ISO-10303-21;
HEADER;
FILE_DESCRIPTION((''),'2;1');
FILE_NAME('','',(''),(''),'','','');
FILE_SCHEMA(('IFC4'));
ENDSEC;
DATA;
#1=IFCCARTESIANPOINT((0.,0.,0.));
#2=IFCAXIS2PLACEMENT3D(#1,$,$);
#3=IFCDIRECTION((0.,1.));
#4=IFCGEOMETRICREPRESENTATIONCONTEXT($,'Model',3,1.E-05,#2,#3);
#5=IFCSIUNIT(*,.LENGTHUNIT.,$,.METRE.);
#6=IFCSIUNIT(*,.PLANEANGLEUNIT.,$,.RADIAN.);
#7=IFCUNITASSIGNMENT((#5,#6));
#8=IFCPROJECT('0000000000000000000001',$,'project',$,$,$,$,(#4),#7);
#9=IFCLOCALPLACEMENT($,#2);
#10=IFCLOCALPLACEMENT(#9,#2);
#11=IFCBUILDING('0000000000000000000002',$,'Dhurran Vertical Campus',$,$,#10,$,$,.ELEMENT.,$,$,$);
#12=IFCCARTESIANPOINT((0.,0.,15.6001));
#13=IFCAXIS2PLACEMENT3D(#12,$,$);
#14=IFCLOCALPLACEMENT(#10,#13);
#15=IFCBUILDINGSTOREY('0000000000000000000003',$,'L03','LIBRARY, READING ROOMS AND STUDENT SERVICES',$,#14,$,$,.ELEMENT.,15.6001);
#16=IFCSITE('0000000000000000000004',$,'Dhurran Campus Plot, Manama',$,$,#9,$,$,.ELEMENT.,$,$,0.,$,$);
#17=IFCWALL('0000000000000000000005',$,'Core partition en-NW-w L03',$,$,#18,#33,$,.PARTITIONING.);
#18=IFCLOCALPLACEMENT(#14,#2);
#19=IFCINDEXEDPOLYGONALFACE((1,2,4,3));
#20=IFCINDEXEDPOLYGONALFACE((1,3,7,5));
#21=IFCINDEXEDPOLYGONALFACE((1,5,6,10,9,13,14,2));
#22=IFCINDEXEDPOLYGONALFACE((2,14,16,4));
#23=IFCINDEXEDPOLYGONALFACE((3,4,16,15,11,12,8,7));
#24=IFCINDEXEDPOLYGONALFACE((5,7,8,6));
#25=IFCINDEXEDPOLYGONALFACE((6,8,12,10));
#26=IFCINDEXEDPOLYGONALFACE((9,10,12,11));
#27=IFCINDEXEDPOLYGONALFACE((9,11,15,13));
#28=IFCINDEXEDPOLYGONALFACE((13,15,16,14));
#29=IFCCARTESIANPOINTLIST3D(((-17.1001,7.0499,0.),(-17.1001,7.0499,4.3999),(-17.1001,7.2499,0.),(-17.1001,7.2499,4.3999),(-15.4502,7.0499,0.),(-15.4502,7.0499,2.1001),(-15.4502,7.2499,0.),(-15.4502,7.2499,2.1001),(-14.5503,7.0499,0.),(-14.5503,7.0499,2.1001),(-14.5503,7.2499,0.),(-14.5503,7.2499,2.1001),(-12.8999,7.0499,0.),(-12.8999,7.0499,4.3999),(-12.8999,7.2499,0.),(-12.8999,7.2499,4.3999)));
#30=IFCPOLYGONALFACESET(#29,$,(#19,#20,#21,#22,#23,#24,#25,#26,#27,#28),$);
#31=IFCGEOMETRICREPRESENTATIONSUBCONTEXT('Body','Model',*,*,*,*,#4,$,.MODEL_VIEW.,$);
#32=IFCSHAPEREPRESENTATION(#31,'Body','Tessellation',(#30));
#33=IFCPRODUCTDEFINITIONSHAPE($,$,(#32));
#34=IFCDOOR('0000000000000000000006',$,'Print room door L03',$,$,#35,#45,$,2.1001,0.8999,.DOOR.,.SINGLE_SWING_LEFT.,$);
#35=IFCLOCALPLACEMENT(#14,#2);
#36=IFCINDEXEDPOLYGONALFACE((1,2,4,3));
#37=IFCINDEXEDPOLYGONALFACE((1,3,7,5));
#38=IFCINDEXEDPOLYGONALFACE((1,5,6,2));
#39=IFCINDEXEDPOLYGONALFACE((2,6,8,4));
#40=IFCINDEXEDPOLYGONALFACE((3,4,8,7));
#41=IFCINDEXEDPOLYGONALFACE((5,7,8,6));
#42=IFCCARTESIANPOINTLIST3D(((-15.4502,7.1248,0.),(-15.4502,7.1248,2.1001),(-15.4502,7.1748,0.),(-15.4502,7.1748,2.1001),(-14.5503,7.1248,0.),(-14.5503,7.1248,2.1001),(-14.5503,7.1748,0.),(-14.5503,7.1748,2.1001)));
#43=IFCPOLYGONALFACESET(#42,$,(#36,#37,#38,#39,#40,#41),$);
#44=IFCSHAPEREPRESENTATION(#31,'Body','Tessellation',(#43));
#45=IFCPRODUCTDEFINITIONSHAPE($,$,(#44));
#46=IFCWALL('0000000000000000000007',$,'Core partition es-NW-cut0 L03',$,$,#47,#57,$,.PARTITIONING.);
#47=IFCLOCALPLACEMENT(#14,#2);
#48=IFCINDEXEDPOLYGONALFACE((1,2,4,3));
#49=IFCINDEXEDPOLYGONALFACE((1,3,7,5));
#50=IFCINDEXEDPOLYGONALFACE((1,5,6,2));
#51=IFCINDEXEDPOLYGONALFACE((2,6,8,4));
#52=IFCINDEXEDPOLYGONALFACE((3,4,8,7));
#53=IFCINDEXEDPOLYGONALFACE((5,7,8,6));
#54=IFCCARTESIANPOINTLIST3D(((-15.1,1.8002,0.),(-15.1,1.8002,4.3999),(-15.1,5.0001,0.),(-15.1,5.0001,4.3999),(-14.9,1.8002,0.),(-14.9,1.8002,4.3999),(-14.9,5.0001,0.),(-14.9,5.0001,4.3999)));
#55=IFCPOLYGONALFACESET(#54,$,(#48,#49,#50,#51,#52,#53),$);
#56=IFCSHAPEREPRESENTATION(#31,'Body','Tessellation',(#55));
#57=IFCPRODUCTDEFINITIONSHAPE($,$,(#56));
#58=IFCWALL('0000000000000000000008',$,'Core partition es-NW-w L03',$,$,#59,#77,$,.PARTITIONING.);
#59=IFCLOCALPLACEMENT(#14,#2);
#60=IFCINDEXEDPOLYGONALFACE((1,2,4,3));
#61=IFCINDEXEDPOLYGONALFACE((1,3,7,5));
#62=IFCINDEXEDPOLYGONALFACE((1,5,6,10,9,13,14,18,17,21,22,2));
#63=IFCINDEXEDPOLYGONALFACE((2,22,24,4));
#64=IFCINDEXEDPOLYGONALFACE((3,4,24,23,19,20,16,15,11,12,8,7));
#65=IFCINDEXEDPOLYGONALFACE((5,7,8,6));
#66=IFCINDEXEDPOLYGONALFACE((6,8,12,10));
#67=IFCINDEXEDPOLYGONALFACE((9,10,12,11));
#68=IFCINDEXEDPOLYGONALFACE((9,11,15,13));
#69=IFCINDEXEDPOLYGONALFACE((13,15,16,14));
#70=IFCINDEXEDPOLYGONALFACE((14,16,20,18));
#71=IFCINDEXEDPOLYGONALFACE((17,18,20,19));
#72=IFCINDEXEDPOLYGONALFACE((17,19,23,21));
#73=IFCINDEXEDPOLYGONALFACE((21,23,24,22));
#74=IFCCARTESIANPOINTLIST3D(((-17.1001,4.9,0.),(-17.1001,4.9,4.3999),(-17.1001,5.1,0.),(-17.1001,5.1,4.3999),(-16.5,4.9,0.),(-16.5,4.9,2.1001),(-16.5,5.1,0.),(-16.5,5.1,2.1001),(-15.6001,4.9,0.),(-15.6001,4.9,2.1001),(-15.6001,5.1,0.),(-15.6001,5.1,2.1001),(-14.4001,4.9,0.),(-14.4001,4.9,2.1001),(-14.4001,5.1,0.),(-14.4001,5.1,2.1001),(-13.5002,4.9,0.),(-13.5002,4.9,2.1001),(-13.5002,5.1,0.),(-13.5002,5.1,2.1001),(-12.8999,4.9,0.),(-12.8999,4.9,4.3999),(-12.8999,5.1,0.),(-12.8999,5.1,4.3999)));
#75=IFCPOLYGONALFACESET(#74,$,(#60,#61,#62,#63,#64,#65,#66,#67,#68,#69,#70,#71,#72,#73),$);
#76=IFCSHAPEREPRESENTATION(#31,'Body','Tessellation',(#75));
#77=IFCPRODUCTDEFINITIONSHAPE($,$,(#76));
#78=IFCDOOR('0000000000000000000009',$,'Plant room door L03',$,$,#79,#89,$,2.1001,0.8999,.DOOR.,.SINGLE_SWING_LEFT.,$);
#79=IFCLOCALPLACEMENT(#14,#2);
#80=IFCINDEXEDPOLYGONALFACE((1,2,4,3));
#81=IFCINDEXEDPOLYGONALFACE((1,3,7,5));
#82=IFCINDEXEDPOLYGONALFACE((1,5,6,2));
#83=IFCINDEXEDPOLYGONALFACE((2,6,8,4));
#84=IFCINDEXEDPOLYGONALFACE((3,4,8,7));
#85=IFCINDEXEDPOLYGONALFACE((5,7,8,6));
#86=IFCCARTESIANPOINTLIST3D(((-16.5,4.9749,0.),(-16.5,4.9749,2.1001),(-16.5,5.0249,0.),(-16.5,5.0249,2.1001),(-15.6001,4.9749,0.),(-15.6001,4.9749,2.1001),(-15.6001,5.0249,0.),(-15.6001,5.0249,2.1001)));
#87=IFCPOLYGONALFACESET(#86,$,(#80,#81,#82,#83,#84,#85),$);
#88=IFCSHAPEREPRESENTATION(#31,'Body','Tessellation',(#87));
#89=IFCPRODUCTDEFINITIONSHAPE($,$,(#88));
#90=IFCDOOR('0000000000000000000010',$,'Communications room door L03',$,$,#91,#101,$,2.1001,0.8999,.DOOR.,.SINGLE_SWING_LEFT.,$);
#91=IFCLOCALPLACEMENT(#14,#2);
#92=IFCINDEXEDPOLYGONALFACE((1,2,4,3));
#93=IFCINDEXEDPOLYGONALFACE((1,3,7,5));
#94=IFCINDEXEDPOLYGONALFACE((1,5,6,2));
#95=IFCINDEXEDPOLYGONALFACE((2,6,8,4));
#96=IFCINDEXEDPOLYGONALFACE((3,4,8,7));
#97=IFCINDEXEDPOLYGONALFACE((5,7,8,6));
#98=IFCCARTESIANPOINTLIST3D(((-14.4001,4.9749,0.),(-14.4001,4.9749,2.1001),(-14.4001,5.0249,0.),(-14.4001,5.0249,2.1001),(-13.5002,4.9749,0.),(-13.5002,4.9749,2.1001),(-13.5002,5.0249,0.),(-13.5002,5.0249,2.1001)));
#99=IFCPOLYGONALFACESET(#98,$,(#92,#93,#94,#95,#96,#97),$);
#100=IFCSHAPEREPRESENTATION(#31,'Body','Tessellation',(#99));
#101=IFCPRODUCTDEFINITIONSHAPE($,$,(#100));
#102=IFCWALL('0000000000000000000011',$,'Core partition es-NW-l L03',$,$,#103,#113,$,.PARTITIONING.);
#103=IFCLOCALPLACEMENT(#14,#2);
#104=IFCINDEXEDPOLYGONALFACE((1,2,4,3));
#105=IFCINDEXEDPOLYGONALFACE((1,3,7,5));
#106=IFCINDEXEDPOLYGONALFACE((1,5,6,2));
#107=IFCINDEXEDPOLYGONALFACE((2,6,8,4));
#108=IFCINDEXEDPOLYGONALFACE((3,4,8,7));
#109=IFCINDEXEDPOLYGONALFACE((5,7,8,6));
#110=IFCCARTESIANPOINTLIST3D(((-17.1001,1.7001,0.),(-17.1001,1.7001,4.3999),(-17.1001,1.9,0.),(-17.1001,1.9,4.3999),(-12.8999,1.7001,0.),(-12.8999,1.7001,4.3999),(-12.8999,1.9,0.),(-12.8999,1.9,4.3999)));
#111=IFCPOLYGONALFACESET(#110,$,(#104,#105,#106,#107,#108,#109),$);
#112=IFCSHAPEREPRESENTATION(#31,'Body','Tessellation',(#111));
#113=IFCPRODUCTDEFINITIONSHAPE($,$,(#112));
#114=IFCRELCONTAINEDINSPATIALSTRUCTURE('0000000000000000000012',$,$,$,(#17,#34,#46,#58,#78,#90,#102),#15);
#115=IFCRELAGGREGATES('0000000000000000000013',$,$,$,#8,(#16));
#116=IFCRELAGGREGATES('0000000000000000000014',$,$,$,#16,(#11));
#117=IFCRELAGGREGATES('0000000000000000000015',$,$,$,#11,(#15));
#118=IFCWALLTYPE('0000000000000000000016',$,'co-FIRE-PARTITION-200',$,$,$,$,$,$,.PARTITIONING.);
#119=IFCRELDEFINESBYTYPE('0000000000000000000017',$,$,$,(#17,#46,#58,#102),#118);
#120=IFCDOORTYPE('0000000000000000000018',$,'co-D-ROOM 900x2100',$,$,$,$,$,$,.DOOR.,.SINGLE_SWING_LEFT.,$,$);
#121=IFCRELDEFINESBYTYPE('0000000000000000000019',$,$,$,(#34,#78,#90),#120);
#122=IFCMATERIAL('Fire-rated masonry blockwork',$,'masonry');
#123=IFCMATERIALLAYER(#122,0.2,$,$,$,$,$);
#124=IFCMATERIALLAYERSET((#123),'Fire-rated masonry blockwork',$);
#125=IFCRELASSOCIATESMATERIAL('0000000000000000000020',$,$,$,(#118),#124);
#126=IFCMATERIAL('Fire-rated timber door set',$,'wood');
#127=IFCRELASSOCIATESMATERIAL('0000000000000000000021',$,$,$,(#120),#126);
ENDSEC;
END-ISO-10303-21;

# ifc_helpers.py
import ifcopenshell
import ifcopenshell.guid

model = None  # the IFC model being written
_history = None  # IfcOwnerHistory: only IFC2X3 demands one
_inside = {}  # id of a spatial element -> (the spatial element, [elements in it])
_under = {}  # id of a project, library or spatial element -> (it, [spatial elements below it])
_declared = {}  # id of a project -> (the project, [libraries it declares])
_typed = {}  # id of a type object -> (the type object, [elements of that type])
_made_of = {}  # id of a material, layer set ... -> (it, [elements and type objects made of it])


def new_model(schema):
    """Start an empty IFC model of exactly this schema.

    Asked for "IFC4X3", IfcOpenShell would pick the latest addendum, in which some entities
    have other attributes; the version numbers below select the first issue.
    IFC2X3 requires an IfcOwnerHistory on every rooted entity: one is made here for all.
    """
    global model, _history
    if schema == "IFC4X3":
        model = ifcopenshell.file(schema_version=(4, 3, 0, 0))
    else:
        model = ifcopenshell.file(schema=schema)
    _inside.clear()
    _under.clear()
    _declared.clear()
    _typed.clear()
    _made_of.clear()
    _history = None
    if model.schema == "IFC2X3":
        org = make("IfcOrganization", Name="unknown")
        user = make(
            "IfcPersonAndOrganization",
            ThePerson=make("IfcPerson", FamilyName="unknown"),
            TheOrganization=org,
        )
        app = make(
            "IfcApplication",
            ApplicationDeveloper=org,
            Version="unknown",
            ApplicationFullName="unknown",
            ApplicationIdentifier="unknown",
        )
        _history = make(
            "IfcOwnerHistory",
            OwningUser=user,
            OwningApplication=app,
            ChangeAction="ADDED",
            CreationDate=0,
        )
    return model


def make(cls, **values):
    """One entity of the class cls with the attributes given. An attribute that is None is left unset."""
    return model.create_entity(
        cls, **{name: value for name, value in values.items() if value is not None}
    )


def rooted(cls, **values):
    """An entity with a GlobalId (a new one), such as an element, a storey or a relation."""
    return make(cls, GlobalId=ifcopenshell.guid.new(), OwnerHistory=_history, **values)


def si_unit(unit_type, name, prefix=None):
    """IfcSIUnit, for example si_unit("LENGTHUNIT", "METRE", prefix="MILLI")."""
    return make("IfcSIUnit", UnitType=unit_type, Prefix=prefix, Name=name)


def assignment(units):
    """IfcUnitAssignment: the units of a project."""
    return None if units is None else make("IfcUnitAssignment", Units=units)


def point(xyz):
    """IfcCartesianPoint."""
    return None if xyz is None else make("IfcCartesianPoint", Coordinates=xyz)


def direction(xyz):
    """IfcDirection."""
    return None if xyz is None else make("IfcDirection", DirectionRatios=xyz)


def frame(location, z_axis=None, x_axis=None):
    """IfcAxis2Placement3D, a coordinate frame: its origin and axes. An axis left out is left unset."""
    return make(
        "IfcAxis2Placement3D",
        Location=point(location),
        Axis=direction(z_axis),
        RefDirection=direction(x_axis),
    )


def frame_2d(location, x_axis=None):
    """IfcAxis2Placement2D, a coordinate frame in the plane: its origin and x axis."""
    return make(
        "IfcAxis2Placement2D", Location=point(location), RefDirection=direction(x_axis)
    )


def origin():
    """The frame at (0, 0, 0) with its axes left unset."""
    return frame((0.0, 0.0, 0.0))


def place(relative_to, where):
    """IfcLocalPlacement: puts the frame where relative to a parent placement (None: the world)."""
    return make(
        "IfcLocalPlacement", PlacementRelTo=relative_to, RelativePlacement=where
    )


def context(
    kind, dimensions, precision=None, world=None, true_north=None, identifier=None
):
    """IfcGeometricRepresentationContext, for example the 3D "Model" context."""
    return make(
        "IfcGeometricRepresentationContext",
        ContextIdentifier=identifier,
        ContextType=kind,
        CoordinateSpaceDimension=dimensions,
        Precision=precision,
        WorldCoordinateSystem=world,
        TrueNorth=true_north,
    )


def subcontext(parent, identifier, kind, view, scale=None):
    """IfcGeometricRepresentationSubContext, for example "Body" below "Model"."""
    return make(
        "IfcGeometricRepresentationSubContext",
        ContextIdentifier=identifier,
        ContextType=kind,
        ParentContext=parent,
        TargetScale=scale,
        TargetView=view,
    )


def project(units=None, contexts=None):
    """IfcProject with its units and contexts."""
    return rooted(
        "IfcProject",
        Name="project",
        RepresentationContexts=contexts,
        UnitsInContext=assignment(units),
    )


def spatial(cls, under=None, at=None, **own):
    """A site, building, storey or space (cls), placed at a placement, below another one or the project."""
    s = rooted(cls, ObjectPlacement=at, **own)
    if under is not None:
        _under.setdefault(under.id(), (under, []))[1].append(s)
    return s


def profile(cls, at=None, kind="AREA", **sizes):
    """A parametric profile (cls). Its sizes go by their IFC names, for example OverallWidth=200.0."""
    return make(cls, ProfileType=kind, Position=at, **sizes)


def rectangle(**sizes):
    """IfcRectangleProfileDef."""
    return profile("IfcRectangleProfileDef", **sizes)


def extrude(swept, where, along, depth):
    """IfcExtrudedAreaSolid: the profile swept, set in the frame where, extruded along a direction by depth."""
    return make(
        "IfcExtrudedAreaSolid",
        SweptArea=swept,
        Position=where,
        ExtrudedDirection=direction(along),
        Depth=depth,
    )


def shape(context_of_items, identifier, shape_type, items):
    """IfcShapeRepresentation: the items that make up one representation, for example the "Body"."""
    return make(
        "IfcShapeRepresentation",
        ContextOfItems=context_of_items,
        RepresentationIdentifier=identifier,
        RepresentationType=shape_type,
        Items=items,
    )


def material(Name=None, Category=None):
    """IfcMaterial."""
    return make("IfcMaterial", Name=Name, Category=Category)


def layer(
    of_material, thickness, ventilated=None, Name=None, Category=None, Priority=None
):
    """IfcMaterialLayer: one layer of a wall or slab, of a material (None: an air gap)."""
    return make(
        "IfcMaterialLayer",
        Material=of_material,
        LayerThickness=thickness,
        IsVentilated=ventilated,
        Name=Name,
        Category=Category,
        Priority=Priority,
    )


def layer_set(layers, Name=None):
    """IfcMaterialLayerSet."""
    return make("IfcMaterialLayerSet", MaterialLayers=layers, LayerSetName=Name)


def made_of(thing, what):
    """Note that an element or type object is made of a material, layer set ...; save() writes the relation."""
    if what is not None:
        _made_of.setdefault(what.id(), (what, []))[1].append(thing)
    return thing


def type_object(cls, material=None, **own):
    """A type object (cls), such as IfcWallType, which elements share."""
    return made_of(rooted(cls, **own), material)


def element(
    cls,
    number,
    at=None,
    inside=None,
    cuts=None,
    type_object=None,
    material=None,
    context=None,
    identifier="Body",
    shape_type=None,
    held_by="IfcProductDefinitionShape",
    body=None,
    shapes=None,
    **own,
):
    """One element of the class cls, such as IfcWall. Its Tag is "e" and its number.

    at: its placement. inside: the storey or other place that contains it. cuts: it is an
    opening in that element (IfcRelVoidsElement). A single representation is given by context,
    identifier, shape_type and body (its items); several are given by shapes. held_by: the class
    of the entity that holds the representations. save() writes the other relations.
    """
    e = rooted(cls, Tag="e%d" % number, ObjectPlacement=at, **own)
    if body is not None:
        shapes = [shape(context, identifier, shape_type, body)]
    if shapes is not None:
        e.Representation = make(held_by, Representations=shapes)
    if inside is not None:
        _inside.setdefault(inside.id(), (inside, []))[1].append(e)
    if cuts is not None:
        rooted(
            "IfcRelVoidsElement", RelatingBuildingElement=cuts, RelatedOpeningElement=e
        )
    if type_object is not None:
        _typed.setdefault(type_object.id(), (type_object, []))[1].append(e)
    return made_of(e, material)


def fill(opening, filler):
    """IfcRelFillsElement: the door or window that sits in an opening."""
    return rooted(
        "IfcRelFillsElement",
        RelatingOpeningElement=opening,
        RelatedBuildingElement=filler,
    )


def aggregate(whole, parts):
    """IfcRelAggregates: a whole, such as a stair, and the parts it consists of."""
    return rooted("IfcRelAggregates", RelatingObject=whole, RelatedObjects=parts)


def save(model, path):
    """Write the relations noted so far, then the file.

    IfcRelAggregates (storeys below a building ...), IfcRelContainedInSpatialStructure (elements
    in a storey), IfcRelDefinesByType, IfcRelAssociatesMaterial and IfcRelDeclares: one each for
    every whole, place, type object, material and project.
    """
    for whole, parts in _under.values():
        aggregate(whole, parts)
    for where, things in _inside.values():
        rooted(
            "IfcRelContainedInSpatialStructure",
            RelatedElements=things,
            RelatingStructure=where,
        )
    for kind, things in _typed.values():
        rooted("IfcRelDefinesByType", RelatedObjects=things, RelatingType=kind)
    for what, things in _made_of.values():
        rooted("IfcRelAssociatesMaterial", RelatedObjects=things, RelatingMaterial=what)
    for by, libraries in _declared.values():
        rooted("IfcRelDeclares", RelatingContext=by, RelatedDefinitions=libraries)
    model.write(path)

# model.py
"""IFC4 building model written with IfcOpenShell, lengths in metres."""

from ifc_helpers import new_model, si_unit, direction, frame, frame_2d, origin, place, context, subcontext, project, spatial, rectangle, extrude, material, layer, layer_set, type_object, element, fill, save


model = new_model("IFC4")

# Units and contexts
model_context = context("Model", 3, precision=1e-05, world=origin(), true_north=direction((0.0, 1.0)))
body_context = subcontext(model_context, "Body", "Model", "MODEL_VIEW")
ifc_project = project(units=[si_unit("LENGTHUNIT", "METRE"), si_unit("PLANEANGLEUNIT", "RADIAN")], contexts=[model_context])

# Site, building, storey
site_placement = place(None, origin())
site = spatial("IfcSite", under=ifc_project, at=site_placement, Name="Dhurran Campus Plot, Manama", CompositionType="ELEMENT", RefElevation=0.0)
building_placement = place(site_placement, origin())
building = spatial("IfcBuilding", under=site, at=building_placement, Name="Dhurran Vertical Campus", CompositionType="ELEMENT")
storey_placement = place(building_placement, frame((0.0, 0.0, 15.6001)))
storey = spatial("IfcBuildingStorey", under=building, at=storey_placement, Name="L03", Description="LIBRARY, READING ROOMS AND STUDENT SERVICES", CompositionType="ELEMENT", Elevation=15.6001)

# Wall, opening, door
ifc_material_1 = material(Name="Fire-rated masonry blockwork", Category="masonry")
ifc_layer_1 = layer(ifc_material_1, 0.2)
ifc_layer_set_1 = layer_set([ifc_layer_1], Name="Fire-rated masonry blockwork")
wall_type_1 = type_object("IfcWallType", Name="co-FIRE-PARTITION-200", PredefinedType="PARTITIONING", material=ifc_layer_set_1)
wall_1_placement = place(storey_placement, frame((-17.1001, 7.1499, 0.0), z_axis=(0.0, 0.0, 1.0), x_axis=(1.0, 0.0, 0.0)))
wall_1 = element("IfcWall", 1, at=wall_1_placement, inside=storey, type_object=wall_type_1, Name="Core partition en-NW-w L03", PredefinedType="PARTITIONING", context=body_context, shape_type="SweptSolid", body=[
    extrude(rectangle(XDim=4.2002, YDim=0.2, at=frame_2d((2.1001, 0.0))), origin(), (0.0, 0.0, 1.0), 4.3999),
])
opening_1_placement = place(wall_1_placement, frame((1.6499, 0.0, 0.0)))
opening_1 = element("IfcOpeningElement", 2, at=opening_1_placement, cuts=wall_1, PredefinedType="OPENING", context=body_context, shape_type="SweptSolid", body=[
    extrude(rectangle(XDim=0.8999, YDim=2.1001, at=frame_2d((0.45, 1.05))), frame((0.0, 0.1099, 0.0), z_axis=(0.0, -1.0, 0.0), x_axis=(1.0, 0.0, 0.0)), (0.0, 0.0, 1.0), 0.22),
])
ifc_material_2 = material(Name="Fire-rated timber door set", Category="wood")
door_type_1 = type_object("IfcDoorType", Name="co-D-ROOM 900x2100", OperationType="SINGLE_SWING_LEFT", PredefinedType="DOOR", material=ifc_material_2)
door_1_placement = place(opening_1_placement, origin())
door_1 = element("IfcDoor", 3, at=door_1_placement, inside=storey, type_object=door_type_1, Name="Print room door L03", OperationType="SINGLE_SWING_LEFT", OverallHeight=2.1001, OverallWidth=0.8999, PredefinedType="DOOR", context=body_context, shape_type="SweptSolid", body=[
    extrude(rectangle(XDim=0.8999, YDim=2.1001, at=frame_2d((0.45, 1.05))), frame((0.0, 0.0249, 0.0), z_axis=(0.0, -1.0, 0.0), x_axis=(1.0, 0.0, 0.0)), (0.0, 0.0, 1.0), 0.05),
])
fill(opening_1, door_1)

# Wall
wall_2_placement = place(storey_placement, frame((-15.0, 1.8, 0.0), z_axis=(0.0, 0.0, 1.0), x_axis=(0.0, 1.0, 0.0)))
element("IfcWall", 4, at=wall_2_placement, inside=storey, type_object=wall_type_1, Name="Core partition es-NW-cut0 L03", PredefinedType="PARTITIONING", context=body_context, shape_type="SweptSolid", body=[
    extrude(rectangle(XDim=3.2, YDim=0.2, at=frame_2d((1.6001, 0.0))), origin(), (0.0, 0.0, 1.0), 4.3999),
])

# Wall, openings, doors
wall_3_placement = place(storey_placement, frame((-17.1001, 5.0, 0.0), z_axis=(0.0, 0.0, 1.0), x_axis=(1.0, 0.0, 0.0)))
wall_3 = element("IfcWall", 5, at=wall_3_placement, inside=storey, type_object=wall_type_1, Name="Core partition es-NW-w L03", PredefinedType="PARTITIONING", context=body_context, shape_type="SweptSolid", body=[
    extrude(rectangle(XDim=4.2002, YDim=0.2, at=frame_2d((2.1001, 0.0))), origin(), (0.0, 0.0, 1.0), 4.3999),
])
opening_2_placement = place(wall_3_placement, frame((0.6001, 0.0, 0.0)))
opening_2 = element("IfcOpeningElement", 6, at=opening_2_placement, cuts=wall_3, PredefinedType="OPENING", context=body_context, shape_type="SweptSolid", body=[
    extrude(rectangle(XDim=0.8999, YDim=2.1001, at=frame_2d((0.45, 1.05))), frame((0.0, 0.1099, 0.0), z_axis=(0.0, -1.0, 0.0), x_axis=(1.0, 0.0, 0.0)), (0.0, 0.0, 1.0), 0.22),
])
opening_3_placement = place(wall_3_placement, frame((2.7, 0.0, 0.0)))
opening_3 = element("IfcOpeningElement", 7, at=opening_3_placement, cuts=wall_3, PredefinedType="OPENING", context=body_context, shape_type="SweptSolid", body=[
    extrude(rectangle(XDim=0.8999, YDim=2.1001, at=frame_2d((0.45, 1.05))), frame((0.0, 0.1099, 0.0), z_axis=(0.0, -1.0, 0.0), x_axis=(1.0, 0.0, 0.0)), (0.0, 0.0, 1.0), 0.22),
])
door_2_placement = place(opening_2_placement, origin())
door_2 = element("IfcDoor", 8, at=door_2_placement, inside=storey, type_object=door_type_1, Name="Plant room door L03", OperationType="SINGLE_SWING_LEFT", OverallHeight=2.1001, OverallWidth=0.8999, PredefinedType="DOOR", context=body_context, shape_type="SweptSolid", body=[
    extrude(rectangle(XDim=0.8999, YDim=2.1001, at=frame_2d((0.45, 1.05))), frame((0.0, 0.0249, 0.0), z_axis=(0.0, -1.0, 0.0), x_axis=(1.0, 0.0, 0.0)), (0.0, 0.0, 1.0), 0.05),
])
fill(opening_2, door_2)
door_3_placement = place(opening_3_placement, origin())
door_3 = element("IfcDoor", 9, at=door_3_placement, inside=storey, type_object=door_type_1, Name="Communications room door L03", OperationType="SINGLE_SWING_LEFT", OverallHeight=2.1001, OverallWidth=0.8999, PredefinedType="DOOR", context=body_context, shape_type="SweptSolid", body=[
    extrude(rectangle(XDim=0.8999, YDim=2.1001, at=frame_2d((0.45, 1.05))), frame((0.0, 0.0249, 0.0), z_axis=(0.0, -1.0, 0.0), x_axis=(1.0, 0.0, 0.0)), (0.0, 0.0, 1.0), 0.05),
])
fill(opening_3, door_3)

# Wall
wall_4_placement = place(storey_placement, frame((-17.1001, 1.8, 0.0), z_axis=(0.0, 0.0, 1.0), x_axis=(1.0, 0.0, 0.0)))
element("IfcWall", 10, at=wall_4_placement, inside=storey, type_object=wall_type_1, Name="Core partition es-NW-l L03", PredefinedType="PARTITIONING", context=body_context, shape_type="SweptSolid", body=[
    extrude(rectangle(XDim=4.2002, YDim=0.2, at=frame_2d((2.1001, 0.0))), origin(), (0.0, 0.0, 1.0), 4.3999),
])

save(model, "model.ifc")
